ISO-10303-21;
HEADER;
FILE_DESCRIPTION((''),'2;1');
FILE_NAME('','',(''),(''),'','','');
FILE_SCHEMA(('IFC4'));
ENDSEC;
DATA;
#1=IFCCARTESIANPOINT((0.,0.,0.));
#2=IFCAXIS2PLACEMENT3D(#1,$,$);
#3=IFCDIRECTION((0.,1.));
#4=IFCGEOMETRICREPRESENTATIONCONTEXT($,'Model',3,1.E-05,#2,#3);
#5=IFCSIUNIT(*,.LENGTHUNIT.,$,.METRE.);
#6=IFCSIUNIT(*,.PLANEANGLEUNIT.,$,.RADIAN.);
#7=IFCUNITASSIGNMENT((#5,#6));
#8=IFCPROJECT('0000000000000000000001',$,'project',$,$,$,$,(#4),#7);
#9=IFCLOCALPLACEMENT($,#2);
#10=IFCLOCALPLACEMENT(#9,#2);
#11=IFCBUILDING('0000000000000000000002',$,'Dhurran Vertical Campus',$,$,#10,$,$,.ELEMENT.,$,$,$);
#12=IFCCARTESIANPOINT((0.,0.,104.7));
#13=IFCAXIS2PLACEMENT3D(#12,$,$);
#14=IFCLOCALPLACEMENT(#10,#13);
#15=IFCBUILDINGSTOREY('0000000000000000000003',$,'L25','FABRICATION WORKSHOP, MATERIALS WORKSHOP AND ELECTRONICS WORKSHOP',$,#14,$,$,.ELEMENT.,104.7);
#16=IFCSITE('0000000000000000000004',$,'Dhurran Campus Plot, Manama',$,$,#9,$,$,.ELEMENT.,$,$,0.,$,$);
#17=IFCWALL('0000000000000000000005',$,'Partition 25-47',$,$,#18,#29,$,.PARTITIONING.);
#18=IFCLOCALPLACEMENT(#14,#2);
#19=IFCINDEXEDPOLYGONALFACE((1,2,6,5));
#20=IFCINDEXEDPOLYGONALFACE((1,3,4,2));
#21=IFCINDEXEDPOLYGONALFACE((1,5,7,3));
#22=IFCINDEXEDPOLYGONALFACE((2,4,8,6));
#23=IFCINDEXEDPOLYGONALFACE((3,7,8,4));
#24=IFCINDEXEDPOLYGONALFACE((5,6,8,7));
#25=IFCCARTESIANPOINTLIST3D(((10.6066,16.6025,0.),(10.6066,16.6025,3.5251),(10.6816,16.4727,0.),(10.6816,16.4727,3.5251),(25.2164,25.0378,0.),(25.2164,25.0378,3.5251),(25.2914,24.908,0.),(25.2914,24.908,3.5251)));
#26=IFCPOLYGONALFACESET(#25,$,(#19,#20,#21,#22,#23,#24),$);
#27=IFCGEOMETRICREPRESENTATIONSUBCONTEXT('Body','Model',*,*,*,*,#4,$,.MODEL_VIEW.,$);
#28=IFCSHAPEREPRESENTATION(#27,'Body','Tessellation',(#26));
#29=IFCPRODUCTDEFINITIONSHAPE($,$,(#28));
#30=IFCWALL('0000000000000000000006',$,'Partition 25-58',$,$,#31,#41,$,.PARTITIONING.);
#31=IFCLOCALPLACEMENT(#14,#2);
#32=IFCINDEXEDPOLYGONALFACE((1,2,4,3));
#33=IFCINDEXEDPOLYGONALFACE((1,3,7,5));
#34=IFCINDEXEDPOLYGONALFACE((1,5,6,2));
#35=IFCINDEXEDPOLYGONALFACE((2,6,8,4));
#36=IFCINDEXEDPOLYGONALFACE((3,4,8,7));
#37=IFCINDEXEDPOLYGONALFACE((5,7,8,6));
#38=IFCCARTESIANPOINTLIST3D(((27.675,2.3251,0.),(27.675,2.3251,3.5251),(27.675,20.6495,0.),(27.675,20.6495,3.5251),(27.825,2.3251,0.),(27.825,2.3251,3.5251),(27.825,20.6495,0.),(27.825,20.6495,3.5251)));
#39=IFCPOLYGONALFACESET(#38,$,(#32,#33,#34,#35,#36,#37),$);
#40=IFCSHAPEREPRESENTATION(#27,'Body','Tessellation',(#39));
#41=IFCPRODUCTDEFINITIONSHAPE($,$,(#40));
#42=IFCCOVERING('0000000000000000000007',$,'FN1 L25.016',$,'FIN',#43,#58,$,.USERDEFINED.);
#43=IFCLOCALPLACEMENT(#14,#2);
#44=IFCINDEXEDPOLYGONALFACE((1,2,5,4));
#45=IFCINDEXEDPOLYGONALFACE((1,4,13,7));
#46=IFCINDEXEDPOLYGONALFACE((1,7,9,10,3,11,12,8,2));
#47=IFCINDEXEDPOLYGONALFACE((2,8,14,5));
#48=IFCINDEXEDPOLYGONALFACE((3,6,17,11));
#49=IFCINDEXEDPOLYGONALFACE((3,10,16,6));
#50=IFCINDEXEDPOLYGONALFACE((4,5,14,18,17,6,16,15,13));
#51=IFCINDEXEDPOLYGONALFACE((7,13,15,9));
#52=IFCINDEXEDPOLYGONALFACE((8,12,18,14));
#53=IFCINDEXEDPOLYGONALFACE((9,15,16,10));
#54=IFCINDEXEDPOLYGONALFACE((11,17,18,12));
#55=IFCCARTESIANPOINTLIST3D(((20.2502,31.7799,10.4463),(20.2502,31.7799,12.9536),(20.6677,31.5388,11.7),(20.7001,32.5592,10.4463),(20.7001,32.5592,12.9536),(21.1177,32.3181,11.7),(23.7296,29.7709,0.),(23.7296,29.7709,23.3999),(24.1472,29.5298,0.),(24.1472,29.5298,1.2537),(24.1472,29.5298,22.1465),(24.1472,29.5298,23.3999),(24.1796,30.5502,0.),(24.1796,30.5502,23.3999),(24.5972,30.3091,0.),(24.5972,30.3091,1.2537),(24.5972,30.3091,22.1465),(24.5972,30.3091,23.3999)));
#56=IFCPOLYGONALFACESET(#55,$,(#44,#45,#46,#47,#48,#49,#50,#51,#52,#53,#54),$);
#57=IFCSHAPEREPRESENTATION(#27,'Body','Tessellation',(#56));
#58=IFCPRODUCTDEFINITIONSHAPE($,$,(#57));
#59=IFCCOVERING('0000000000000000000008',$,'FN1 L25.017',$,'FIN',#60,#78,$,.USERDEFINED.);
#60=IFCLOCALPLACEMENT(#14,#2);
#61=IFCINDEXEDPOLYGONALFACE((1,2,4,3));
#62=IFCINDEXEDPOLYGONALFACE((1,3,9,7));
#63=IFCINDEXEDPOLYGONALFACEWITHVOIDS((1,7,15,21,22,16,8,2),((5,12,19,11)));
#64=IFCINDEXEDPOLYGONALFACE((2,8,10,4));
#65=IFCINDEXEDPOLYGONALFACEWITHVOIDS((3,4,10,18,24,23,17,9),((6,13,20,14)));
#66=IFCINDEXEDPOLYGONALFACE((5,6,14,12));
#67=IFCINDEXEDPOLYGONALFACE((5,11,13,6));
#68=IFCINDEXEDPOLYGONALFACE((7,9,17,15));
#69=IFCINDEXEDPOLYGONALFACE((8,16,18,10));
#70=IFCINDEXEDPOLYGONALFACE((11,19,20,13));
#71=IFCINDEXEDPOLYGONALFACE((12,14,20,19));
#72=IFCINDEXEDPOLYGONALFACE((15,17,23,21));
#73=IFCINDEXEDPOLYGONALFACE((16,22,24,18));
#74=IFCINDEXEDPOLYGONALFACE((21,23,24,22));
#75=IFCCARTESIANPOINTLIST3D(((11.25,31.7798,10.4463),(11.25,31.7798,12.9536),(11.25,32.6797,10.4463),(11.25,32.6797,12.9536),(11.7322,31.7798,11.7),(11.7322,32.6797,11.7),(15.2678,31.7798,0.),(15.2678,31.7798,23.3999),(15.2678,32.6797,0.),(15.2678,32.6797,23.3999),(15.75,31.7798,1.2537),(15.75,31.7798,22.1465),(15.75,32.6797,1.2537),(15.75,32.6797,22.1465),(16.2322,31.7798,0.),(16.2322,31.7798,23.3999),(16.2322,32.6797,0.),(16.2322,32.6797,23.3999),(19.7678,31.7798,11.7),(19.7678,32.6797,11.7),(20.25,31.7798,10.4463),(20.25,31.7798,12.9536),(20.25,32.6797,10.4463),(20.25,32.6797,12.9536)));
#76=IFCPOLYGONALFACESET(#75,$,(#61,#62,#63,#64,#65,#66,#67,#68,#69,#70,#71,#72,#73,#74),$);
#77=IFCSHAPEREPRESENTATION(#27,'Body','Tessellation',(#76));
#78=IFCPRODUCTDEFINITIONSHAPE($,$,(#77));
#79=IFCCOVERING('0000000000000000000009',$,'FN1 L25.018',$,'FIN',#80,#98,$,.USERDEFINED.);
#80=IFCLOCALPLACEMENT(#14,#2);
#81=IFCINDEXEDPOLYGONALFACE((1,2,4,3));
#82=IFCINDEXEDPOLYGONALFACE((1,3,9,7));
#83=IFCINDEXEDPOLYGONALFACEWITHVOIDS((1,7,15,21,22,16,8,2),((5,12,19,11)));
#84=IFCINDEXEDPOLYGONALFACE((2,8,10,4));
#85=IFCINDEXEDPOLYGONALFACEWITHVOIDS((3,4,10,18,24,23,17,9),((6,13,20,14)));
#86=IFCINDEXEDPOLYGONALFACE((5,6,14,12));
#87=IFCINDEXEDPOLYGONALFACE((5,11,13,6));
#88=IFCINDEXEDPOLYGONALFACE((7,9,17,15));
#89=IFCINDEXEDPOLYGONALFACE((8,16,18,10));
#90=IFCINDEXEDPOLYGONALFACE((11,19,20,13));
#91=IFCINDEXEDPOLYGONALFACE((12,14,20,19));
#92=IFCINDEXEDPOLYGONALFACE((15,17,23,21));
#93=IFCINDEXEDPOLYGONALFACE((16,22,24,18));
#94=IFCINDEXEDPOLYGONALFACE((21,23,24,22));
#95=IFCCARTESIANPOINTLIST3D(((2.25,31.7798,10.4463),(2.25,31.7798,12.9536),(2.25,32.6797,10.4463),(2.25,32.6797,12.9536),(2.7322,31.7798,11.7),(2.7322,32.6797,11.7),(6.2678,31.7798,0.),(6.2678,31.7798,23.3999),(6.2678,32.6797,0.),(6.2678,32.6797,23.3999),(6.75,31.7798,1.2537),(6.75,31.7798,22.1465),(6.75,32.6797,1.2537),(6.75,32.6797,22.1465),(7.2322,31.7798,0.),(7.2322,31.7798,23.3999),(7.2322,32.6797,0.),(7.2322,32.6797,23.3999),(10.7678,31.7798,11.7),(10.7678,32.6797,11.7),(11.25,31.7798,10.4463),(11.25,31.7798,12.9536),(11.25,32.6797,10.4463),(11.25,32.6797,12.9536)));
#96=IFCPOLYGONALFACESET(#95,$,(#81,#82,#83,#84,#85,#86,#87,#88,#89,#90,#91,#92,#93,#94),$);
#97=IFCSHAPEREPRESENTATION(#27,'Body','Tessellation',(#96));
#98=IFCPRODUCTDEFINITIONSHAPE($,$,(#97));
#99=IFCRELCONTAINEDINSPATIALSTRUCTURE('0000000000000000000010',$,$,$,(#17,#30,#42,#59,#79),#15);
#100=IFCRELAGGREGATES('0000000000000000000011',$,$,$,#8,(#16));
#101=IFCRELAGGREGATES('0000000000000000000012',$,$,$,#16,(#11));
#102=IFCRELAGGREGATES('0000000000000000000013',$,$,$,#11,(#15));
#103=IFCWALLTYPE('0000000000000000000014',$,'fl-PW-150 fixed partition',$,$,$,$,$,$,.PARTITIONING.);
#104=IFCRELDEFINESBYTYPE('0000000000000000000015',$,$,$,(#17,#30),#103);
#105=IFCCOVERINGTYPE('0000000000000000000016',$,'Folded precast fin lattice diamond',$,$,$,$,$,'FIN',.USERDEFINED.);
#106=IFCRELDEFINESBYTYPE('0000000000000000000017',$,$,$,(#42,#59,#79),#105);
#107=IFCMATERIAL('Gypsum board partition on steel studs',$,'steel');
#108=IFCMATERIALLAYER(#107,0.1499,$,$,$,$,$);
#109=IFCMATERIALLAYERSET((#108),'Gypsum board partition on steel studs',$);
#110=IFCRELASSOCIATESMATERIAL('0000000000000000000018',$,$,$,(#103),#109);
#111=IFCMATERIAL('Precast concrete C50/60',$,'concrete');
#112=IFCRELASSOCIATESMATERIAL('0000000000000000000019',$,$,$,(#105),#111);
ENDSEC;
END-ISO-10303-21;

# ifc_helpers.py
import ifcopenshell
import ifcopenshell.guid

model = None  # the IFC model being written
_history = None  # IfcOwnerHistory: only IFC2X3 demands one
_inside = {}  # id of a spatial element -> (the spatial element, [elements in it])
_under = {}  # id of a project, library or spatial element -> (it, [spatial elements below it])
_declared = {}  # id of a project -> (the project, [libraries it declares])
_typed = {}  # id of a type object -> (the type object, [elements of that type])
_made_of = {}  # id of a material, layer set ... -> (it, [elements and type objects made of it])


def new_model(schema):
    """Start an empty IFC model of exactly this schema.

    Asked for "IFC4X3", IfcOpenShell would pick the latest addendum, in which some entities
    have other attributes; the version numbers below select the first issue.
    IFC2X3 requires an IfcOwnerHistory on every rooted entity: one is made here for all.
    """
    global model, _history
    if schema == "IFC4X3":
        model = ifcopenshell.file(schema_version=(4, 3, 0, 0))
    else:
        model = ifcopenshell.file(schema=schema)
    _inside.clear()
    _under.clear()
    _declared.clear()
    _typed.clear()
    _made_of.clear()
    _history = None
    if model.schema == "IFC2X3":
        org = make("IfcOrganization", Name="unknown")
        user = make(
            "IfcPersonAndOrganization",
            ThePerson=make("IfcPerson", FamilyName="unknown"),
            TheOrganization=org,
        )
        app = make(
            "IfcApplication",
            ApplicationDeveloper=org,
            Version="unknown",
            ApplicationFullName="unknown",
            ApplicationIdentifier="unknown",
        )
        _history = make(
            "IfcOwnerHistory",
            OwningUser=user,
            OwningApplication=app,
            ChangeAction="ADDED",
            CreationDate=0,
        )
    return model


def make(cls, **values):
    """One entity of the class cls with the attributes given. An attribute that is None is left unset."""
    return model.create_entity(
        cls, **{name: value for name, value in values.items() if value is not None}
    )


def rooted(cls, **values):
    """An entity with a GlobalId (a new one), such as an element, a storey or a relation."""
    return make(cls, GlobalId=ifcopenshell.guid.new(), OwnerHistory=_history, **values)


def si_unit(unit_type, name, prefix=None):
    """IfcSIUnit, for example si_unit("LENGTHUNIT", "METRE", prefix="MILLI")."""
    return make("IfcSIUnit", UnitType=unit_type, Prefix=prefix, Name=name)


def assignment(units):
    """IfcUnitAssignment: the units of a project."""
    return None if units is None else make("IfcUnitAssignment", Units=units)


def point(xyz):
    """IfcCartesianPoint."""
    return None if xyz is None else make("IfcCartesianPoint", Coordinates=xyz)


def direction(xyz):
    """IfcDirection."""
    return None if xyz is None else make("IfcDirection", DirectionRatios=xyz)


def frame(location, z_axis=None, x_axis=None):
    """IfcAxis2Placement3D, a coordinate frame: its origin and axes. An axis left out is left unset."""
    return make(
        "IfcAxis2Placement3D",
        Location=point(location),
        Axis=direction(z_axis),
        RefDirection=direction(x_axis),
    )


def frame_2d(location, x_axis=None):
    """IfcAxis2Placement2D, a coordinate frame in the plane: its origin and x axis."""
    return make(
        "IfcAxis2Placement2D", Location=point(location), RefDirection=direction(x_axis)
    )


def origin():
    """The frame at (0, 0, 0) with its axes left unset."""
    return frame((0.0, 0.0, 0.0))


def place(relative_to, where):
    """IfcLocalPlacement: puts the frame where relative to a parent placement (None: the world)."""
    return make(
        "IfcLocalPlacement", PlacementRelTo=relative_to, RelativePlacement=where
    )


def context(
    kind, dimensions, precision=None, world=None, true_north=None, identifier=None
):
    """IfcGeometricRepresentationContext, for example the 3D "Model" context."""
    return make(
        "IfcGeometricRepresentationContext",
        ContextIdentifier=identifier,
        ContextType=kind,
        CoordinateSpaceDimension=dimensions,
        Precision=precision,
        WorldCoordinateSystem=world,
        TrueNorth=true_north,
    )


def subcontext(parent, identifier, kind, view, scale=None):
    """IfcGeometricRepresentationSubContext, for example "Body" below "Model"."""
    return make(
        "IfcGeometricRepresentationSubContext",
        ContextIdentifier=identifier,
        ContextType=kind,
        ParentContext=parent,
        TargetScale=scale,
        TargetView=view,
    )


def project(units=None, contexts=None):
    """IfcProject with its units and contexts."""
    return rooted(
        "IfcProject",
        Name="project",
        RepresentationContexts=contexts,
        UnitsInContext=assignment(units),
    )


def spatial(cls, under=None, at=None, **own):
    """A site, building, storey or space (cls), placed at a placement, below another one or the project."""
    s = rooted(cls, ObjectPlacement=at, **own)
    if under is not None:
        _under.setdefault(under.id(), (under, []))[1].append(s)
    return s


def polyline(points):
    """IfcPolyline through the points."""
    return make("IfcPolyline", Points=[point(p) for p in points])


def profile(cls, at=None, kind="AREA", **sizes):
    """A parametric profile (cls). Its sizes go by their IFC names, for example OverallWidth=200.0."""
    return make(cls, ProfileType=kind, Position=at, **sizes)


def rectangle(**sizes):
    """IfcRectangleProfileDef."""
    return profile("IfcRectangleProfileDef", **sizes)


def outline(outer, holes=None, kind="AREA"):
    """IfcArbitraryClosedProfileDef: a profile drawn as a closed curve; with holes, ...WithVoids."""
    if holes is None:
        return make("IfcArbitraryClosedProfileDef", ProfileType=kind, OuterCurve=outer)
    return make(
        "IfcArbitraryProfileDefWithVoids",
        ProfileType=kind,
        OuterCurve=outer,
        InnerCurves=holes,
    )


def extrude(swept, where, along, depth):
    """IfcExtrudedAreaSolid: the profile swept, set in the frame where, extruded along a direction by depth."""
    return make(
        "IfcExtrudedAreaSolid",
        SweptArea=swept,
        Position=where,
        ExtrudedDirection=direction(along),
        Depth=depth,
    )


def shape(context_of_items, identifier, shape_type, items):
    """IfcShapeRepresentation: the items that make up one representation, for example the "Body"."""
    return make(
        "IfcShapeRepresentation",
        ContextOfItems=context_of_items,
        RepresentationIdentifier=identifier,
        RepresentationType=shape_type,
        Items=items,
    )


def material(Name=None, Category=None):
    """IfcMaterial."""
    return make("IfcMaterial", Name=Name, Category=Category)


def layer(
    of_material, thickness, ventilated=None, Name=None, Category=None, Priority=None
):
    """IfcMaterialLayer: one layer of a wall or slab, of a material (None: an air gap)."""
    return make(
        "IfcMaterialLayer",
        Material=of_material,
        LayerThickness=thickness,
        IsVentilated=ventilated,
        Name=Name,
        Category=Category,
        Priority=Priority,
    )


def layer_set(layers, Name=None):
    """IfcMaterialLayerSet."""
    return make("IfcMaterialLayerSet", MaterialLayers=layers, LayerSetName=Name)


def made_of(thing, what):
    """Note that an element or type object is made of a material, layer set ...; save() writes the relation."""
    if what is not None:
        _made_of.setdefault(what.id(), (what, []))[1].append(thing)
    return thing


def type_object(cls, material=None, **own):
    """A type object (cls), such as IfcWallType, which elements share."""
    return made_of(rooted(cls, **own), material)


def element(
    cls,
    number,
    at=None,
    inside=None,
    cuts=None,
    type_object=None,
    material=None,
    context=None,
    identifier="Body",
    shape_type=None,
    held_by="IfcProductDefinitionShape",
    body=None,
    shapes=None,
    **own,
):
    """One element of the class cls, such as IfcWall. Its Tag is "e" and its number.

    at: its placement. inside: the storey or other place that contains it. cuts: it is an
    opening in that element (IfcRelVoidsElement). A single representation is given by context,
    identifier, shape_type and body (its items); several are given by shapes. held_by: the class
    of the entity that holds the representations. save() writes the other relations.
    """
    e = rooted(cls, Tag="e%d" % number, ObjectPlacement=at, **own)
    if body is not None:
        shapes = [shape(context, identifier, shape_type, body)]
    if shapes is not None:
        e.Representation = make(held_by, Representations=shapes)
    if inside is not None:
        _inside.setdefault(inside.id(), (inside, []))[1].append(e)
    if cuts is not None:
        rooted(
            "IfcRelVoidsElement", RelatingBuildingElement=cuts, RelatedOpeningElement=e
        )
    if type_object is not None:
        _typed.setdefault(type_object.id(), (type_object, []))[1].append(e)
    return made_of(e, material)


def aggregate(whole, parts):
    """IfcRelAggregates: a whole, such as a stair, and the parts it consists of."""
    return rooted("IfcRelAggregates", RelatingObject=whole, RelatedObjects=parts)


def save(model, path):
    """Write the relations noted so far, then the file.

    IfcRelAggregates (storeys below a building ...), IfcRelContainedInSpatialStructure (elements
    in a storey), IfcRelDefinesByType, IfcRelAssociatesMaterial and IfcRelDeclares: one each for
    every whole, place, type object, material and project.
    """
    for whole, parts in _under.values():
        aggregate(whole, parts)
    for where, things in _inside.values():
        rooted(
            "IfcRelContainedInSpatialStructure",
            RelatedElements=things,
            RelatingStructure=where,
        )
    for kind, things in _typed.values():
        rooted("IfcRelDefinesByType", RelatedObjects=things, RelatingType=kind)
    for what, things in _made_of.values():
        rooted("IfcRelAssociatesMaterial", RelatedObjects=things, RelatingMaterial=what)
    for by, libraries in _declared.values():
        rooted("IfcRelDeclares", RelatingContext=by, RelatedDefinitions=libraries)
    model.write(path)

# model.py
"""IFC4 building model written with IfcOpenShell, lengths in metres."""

from ifc_helpers import new_model, si_unit, direction, frame, frame_2d, origin, place, context, subcontext, project, spatial, polyline, rectangle, outline, extrude, material, layer, layer_set, type_object, element, save


model = new_model("IFC4")

# Units and contexts
model_context = context("Model", 3, precision=1e-05, world=origin(), true_north=direction((0.0, 1.0)))
body_context = subcontext(model_context, "Body", "Model", "MODEL_VIEW")
ifc_project = project(units=[si_unit("LENGTHUNIT", "METRE"), si_unit("PLANEANGLEUNIT", "RADIAN")], contexts=[model_context])

# Site, building, storey
site_placement = place(None, origin())
site = spatial("IfcSite", under=ifc_project, at=site_placement, Name="Dhurran Campus Plot, Manama", CompositionType="ELEMENT", RefElevation=0.0)
building_placement = place(site_placement, origin())
building = spatial("IfcBuilding", under=site, at=building_placement, Name="Dhurran Vertical Campus", CompositionType="ELEMENT")
storey_placement = place(building_placement, frame((0.0, 0.0, 104.7)))
storey = spatial("IfcBuildingStorey", under=building, at=storey_placement, Name="L25", Description="FABRICATION WORKSHOP, MATERIALS WORKSHOP AND ELECTRONICS WORKSHOP", CompositionType="ELEMENT", Elevation=104.7)

# Walls
ifc_material_1 = material(Name="Gypsum board partition on steel studs", Category="steel")
ifc_layer_1 = layer(ifc_material_1, 0.1499)
ifc_layer_set_1 = layer_set([ifc_layer_1], Name="Gypsum board partition on steel studs")
wall_type_1 = type_object("IfcWallType", Name="fl-PW-150 fixed partition", PredefinedType="PARTITIONING", material=ifc_layer_set_1)
wall_1_placement = place(storey_placement, frame((25.2539, 24.9729, 0.0), z_axis=(0.0, 0.0, 1.0), x_axis=(-0.866018, -0.500013, 0.0)))
element("IfcWall", 1, at=wall_1_placement, inside=storey, type_object=wall_type_1, Name="Partition 25-47", PredefinedType="PARTITIONING", context=body_context, shape_type="SweptSolid", body=[
    extrude(rectangle(XDim=16.8701, YDim=0.1499, at=frame_2d((8.4351, 0.0))), origin(), (0.0, 0.0, 1.0), 3.5251),
])
wall_2_placement = place(storey_placement, frame((27.75, 20.6494, 0.0), z_axis=(0.0, 0.0, 1.0), x_axis=(0.0, -1.0, 0.0)))
element("IfcWall", 2, at=wall_2_placement, inside=storey, type_object=wall_type_1, Name="Partition 25-58", PredefinedType="PARTITIONING", context=body_context, shape_type="SweptSolid", body=[
    extrude(rectangle(XDim=18.3245, YDim=0.1499, at=frame_2d((9.1621, 0.0))), origin(), (0.0, 0.0, 1.0), 3.5251),
])

# Coverings
ifc_material_2 = material(Name="Precast concrete C50/60", Category="concrete")
covering_type = type_object("IfcCoveringType", Name="Folded precast fin lattice diamond", ElementType="FIN", PredefinedType="USERDEFINED", material=ifc_material_2)
covering_1_placement = place(storey_placement, frame((24.1472, 29.5298, 0.0), z_axis=(0.50002, 0.866014, 0.0), x_axis=(-0.866014, 0.50002, 0.0)))
element("IfcCovering", 3, at=covering_1_placement, inside=storey, type_object=covering_type, Name="FN1 L25.016", ObjectType="FIN", PredefinedType="USERDEFINED", context=body_context, shape_type="SweptSolid", body=[
    extrude(outline(polyline([(4.5, 10.4463), (0.4822, 0.0), (0.0, 0.0), (0.0, 1.2537), (4.0178, 11.7), (0.0, 22.1465), (0.0, 23.3999), (0.4822, 23.3999), (4.5, 12.9536), (4.5, 10.4463)])), origin(), (0.0, 0.0, 1.0), 0.8999),
])
for number, where, z_axis, x_axis, name in (
    (4, (20.25, 31.7798, 0.0), (0.0, 1.0, 0.0), (-1.0, 0.0, 0.0), "FN1 L25.017"),
    (5, (11.25, 31.7798, 0.0), (0.0, 1.0, 0.0), (-1.0, 0.0, 0.0), "FN1 L25.018"),
):
    element("IfcCovering", number, at=place(storey_placement, frame(where, z_axis=z_axis, x_axis=x_axis)), inside=storey, type_object=covering_type, Name=name, ObjectType="FIN", PredefinedType="USERDEFINED", context=body_context, shape_type="SweptSolid", body=[
        extrude(outline(polyline([(9.0, 12.9536), (9.0, 10.4463), (4.9822, 0.0), (4.0178, 0.0), (0.0, 10.4463), (0.0, 12.9536), (4.0178, 23.3999), (4.9822, 23.3999), (9.0, 12.9536)]), holes=[polyline([(8.5178, 11.7), (4.5, 22.1465), (0.4822, 11.7), (4.5, 1.2537), (8.5178, 11.7)])]), origin(), (0.0, 0.0, 1.0), 0.8999),
    ])

save(model, "model.ifc")
